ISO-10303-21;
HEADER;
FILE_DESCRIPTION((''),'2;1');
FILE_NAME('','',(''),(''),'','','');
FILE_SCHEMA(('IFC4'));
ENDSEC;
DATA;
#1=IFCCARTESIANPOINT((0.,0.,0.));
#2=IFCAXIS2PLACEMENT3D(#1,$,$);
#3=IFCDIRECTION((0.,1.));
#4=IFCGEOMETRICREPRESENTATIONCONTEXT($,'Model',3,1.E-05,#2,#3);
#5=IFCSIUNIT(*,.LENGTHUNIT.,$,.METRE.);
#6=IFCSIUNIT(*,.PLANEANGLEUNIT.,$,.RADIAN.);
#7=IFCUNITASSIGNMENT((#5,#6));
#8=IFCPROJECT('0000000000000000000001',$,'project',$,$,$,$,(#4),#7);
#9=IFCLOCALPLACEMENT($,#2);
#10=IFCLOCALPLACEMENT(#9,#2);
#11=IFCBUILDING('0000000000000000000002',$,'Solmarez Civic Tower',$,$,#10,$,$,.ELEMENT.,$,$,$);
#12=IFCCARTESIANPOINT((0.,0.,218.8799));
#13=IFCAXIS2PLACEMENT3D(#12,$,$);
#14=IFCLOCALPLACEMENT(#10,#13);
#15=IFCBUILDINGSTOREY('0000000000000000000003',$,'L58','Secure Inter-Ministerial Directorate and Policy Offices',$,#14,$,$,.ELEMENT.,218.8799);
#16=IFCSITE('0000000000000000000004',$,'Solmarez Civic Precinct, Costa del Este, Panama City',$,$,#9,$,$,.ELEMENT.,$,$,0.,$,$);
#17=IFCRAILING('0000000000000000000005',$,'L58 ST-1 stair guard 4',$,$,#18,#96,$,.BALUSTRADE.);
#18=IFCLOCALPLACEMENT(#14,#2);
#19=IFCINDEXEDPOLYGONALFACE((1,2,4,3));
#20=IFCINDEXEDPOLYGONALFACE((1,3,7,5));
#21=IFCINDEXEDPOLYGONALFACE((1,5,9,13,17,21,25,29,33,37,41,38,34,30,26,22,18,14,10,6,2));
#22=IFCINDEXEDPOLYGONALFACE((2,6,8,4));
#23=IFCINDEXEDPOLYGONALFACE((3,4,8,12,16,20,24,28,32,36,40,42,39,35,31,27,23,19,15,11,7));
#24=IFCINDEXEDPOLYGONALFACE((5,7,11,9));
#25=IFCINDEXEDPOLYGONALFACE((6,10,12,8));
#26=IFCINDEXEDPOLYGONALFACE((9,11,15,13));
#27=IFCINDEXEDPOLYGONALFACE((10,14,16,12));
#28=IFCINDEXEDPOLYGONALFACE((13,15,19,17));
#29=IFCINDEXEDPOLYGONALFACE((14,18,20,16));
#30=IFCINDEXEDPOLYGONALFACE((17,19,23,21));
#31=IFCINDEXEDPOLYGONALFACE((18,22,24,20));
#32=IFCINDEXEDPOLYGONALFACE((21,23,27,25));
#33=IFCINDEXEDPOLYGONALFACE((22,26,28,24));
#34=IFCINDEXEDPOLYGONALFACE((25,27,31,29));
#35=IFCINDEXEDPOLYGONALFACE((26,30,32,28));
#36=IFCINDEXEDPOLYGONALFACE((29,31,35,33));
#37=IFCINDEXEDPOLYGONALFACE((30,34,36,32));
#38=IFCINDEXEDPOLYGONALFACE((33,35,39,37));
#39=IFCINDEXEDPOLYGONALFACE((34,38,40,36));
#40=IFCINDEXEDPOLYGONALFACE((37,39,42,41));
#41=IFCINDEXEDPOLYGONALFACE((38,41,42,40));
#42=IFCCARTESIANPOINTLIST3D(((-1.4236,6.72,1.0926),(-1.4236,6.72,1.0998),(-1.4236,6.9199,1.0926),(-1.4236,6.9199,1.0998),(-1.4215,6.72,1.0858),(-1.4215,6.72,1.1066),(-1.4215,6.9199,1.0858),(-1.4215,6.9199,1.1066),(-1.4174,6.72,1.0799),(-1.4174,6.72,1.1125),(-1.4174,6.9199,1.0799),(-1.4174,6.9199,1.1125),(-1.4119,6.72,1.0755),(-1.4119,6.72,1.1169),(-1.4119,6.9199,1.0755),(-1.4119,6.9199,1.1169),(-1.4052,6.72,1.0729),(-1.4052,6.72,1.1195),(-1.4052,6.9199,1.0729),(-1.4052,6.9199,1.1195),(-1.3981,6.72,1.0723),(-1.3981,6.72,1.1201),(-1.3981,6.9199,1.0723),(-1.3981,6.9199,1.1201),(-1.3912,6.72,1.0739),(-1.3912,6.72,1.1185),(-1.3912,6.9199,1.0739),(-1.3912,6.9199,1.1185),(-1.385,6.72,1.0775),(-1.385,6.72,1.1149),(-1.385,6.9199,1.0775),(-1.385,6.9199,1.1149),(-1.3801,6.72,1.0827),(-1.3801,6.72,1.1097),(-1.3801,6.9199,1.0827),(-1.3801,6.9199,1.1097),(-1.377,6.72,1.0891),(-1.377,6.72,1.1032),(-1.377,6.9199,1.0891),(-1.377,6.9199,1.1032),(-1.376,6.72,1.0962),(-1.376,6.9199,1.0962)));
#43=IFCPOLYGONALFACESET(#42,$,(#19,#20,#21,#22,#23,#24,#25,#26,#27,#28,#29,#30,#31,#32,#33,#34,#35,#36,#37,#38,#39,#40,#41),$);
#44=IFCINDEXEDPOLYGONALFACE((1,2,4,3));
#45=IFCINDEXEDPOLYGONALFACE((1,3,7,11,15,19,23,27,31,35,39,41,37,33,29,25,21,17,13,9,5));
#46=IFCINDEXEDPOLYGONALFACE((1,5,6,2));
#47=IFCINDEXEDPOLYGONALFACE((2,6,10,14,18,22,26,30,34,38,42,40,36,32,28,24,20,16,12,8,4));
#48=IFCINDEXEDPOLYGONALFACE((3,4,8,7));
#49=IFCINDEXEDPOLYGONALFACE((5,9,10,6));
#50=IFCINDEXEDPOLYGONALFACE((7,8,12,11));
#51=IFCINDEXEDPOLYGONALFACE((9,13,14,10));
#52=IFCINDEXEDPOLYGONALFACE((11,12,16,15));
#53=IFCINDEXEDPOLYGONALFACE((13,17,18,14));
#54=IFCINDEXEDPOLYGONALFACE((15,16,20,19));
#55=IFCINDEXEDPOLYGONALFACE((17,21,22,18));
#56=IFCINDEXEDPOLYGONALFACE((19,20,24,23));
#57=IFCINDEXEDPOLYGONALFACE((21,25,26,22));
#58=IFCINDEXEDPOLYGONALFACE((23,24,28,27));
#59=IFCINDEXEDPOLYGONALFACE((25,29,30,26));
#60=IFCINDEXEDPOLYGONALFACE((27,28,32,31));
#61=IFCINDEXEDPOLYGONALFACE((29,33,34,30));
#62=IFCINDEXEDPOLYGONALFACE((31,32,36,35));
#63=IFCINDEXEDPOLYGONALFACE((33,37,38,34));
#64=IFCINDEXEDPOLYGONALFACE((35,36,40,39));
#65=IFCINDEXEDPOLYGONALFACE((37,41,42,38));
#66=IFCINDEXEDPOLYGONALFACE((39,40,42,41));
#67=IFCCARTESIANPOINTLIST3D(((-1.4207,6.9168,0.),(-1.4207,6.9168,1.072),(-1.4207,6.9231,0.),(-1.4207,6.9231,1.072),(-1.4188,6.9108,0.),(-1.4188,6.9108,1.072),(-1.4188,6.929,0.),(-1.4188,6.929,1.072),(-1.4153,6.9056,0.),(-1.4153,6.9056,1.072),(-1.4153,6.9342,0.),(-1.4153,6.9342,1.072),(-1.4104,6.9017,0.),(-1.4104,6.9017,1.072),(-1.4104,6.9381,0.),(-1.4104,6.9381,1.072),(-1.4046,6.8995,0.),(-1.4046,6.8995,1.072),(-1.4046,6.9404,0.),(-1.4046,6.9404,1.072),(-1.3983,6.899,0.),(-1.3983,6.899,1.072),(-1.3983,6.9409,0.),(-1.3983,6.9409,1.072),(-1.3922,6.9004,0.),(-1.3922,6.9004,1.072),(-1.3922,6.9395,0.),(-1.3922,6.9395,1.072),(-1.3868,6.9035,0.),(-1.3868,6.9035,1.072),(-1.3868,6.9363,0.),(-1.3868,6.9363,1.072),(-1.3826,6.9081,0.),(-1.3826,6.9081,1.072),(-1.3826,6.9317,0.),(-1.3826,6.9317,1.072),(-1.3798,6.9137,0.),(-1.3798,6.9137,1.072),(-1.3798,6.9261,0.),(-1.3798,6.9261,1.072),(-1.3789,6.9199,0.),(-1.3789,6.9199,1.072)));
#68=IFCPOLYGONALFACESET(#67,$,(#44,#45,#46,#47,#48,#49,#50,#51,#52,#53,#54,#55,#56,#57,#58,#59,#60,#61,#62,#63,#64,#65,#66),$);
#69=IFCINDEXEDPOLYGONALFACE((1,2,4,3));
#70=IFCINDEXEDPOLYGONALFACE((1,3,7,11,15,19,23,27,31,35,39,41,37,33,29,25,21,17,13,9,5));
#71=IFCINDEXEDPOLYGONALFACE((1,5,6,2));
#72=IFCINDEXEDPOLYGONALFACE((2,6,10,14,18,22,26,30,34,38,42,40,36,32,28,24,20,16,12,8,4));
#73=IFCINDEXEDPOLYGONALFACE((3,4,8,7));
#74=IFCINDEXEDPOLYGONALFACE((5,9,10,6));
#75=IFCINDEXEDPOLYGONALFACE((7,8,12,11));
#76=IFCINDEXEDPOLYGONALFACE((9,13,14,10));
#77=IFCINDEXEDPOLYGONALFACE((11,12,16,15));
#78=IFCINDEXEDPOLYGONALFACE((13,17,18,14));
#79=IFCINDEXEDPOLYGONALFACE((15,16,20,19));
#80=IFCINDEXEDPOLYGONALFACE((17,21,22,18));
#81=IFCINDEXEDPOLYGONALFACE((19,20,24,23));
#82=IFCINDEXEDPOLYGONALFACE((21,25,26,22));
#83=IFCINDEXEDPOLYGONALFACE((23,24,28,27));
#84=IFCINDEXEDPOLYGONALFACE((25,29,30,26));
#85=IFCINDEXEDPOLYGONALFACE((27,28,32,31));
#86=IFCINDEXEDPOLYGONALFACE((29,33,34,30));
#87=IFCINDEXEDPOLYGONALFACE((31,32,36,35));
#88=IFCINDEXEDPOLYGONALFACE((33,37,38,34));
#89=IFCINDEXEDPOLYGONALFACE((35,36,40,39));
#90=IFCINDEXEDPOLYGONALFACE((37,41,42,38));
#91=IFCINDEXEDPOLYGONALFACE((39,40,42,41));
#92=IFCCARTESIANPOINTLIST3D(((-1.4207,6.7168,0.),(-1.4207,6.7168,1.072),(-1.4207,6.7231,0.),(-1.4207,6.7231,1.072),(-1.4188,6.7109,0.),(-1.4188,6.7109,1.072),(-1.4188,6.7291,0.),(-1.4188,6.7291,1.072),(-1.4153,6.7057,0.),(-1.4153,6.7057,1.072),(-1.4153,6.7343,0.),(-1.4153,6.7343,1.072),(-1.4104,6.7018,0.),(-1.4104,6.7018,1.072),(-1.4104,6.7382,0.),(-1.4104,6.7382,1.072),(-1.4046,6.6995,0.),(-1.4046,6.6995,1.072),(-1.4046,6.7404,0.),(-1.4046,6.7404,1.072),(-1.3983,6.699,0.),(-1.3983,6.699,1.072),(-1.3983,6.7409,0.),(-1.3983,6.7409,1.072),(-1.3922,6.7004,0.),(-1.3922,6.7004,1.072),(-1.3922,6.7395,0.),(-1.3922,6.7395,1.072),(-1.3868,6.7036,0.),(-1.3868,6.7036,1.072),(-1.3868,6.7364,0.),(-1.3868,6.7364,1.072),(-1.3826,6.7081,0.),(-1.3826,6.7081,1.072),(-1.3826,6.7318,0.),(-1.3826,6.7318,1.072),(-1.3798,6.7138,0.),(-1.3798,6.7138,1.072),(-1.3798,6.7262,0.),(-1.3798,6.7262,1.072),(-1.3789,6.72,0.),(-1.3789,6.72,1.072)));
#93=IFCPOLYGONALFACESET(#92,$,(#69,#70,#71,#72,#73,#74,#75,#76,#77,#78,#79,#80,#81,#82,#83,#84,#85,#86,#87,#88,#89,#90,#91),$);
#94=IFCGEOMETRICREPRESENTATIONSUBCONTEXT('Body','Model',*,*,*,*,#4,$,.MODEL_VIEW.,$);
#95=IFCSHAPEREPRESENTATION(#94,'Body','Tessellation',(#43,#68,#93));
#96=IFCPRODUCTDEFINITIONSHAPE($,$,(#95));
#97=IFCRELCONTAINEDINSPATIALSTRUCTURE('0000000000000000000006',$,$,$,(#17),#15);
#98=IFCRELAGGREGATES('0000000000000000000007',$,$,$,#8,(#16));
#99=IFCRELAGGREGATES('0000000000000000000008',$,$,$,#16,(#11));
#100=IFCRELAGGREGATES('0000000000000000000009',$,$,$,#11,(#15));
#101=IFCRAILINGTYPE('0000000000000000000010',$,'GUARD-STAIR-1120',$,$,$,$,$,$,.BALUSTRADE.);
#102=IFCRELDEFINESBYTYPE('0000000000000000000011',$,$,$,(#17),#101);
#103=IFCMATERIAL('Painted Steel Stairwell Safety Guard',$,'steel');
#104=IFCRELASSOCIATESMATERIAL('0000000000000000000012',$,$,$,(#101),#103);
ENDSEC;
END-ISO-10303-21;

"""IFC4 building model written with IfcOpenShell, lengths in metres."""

from ifc_helpers import new_model, si_unit, direction, frame, origin, origin_2d, place, context, subcontext, project, spatial, circle, extrude, material, type_object, element, save


model = new_model("IFC4")

# Units and contexts
model_context = context("Model", 3, precision=1e-05, world=origin(), true_north=direction((0.0, 1.0)))
body_context = subcontext(model_context, "Body", "Model", "MODEL_VIEW")
ifc_project = project(units=[si_unit("LENGTHUNIT", "METRE"), si_unit("PLANEANGLEUNIT", "RADIAN")], contexts=[model_context])

# Site, building, storey
site_placement = place(None, origin())
site = spatial("IfcSite", under=ifc_project, at=site_placement, Name="Solmarez Civic Precinct, Costa del Este, Panama City", CompositionType="ELEMENT", RefElevation=0.0)
building_placement = place(site_placement, origin())
building = spatial("IfcBuilding", under=site, at=building_placement, Name="Solmarez Civic Tower", CompositionType="ELEMENT")
storey_placement = place(building_placement, frame((0.0, 0.0, 218.8799)))
storey = spatial("IfcBuildingStorey", under=building, at=storey_placement, Name="L58", Description="Secure Inter-Ministerial Directorate and Policy Offices", CompositionType="ELEMENT", Elevation=218.8799)

# Railing
ifc_material_1 = material(Name="Painted Steel Stairwell Safety Guard", Category="steel")
railing_type_1 = type_object("IfcRailingType", Name="GUARD-STAIR-1120", PredefinedType="BALUSTRADE", material=ifc_material_1)
railing_1_placement = place(storey_placement, frame((-1.3999, 6.9199, 0.0)))
element("IfcRailing", 1, at=railing_1_placement, inside=storey, type_object=railing_type_1, Name="L58 ST-1 stair guard 4", PredefinedType="BALUSTRADE", context=body_context, shape_type="SweptSolid", body=[
    extrude(circle(Radius=0.0239, at=origin_2d()), frame((0.0, 0.0, 1.0962), z_axis=(0.0, -1.0, 0.0), x_axis=(1.0, 0.0, 0.0)), (0.0, 0.0, 1.0), 0.2),
    extrude(circle(Radius=0.021, at=origin_2d()), origin(), (0.0, 0.0, 1.0), 1.072),
    extrude(circle(Radius=0.021, at=origin_2d()), frame((0.0, -0.2, 0.0)), (0.0, 0.0, 1.0), 1.072),
])

save(model, "model.ifc")
